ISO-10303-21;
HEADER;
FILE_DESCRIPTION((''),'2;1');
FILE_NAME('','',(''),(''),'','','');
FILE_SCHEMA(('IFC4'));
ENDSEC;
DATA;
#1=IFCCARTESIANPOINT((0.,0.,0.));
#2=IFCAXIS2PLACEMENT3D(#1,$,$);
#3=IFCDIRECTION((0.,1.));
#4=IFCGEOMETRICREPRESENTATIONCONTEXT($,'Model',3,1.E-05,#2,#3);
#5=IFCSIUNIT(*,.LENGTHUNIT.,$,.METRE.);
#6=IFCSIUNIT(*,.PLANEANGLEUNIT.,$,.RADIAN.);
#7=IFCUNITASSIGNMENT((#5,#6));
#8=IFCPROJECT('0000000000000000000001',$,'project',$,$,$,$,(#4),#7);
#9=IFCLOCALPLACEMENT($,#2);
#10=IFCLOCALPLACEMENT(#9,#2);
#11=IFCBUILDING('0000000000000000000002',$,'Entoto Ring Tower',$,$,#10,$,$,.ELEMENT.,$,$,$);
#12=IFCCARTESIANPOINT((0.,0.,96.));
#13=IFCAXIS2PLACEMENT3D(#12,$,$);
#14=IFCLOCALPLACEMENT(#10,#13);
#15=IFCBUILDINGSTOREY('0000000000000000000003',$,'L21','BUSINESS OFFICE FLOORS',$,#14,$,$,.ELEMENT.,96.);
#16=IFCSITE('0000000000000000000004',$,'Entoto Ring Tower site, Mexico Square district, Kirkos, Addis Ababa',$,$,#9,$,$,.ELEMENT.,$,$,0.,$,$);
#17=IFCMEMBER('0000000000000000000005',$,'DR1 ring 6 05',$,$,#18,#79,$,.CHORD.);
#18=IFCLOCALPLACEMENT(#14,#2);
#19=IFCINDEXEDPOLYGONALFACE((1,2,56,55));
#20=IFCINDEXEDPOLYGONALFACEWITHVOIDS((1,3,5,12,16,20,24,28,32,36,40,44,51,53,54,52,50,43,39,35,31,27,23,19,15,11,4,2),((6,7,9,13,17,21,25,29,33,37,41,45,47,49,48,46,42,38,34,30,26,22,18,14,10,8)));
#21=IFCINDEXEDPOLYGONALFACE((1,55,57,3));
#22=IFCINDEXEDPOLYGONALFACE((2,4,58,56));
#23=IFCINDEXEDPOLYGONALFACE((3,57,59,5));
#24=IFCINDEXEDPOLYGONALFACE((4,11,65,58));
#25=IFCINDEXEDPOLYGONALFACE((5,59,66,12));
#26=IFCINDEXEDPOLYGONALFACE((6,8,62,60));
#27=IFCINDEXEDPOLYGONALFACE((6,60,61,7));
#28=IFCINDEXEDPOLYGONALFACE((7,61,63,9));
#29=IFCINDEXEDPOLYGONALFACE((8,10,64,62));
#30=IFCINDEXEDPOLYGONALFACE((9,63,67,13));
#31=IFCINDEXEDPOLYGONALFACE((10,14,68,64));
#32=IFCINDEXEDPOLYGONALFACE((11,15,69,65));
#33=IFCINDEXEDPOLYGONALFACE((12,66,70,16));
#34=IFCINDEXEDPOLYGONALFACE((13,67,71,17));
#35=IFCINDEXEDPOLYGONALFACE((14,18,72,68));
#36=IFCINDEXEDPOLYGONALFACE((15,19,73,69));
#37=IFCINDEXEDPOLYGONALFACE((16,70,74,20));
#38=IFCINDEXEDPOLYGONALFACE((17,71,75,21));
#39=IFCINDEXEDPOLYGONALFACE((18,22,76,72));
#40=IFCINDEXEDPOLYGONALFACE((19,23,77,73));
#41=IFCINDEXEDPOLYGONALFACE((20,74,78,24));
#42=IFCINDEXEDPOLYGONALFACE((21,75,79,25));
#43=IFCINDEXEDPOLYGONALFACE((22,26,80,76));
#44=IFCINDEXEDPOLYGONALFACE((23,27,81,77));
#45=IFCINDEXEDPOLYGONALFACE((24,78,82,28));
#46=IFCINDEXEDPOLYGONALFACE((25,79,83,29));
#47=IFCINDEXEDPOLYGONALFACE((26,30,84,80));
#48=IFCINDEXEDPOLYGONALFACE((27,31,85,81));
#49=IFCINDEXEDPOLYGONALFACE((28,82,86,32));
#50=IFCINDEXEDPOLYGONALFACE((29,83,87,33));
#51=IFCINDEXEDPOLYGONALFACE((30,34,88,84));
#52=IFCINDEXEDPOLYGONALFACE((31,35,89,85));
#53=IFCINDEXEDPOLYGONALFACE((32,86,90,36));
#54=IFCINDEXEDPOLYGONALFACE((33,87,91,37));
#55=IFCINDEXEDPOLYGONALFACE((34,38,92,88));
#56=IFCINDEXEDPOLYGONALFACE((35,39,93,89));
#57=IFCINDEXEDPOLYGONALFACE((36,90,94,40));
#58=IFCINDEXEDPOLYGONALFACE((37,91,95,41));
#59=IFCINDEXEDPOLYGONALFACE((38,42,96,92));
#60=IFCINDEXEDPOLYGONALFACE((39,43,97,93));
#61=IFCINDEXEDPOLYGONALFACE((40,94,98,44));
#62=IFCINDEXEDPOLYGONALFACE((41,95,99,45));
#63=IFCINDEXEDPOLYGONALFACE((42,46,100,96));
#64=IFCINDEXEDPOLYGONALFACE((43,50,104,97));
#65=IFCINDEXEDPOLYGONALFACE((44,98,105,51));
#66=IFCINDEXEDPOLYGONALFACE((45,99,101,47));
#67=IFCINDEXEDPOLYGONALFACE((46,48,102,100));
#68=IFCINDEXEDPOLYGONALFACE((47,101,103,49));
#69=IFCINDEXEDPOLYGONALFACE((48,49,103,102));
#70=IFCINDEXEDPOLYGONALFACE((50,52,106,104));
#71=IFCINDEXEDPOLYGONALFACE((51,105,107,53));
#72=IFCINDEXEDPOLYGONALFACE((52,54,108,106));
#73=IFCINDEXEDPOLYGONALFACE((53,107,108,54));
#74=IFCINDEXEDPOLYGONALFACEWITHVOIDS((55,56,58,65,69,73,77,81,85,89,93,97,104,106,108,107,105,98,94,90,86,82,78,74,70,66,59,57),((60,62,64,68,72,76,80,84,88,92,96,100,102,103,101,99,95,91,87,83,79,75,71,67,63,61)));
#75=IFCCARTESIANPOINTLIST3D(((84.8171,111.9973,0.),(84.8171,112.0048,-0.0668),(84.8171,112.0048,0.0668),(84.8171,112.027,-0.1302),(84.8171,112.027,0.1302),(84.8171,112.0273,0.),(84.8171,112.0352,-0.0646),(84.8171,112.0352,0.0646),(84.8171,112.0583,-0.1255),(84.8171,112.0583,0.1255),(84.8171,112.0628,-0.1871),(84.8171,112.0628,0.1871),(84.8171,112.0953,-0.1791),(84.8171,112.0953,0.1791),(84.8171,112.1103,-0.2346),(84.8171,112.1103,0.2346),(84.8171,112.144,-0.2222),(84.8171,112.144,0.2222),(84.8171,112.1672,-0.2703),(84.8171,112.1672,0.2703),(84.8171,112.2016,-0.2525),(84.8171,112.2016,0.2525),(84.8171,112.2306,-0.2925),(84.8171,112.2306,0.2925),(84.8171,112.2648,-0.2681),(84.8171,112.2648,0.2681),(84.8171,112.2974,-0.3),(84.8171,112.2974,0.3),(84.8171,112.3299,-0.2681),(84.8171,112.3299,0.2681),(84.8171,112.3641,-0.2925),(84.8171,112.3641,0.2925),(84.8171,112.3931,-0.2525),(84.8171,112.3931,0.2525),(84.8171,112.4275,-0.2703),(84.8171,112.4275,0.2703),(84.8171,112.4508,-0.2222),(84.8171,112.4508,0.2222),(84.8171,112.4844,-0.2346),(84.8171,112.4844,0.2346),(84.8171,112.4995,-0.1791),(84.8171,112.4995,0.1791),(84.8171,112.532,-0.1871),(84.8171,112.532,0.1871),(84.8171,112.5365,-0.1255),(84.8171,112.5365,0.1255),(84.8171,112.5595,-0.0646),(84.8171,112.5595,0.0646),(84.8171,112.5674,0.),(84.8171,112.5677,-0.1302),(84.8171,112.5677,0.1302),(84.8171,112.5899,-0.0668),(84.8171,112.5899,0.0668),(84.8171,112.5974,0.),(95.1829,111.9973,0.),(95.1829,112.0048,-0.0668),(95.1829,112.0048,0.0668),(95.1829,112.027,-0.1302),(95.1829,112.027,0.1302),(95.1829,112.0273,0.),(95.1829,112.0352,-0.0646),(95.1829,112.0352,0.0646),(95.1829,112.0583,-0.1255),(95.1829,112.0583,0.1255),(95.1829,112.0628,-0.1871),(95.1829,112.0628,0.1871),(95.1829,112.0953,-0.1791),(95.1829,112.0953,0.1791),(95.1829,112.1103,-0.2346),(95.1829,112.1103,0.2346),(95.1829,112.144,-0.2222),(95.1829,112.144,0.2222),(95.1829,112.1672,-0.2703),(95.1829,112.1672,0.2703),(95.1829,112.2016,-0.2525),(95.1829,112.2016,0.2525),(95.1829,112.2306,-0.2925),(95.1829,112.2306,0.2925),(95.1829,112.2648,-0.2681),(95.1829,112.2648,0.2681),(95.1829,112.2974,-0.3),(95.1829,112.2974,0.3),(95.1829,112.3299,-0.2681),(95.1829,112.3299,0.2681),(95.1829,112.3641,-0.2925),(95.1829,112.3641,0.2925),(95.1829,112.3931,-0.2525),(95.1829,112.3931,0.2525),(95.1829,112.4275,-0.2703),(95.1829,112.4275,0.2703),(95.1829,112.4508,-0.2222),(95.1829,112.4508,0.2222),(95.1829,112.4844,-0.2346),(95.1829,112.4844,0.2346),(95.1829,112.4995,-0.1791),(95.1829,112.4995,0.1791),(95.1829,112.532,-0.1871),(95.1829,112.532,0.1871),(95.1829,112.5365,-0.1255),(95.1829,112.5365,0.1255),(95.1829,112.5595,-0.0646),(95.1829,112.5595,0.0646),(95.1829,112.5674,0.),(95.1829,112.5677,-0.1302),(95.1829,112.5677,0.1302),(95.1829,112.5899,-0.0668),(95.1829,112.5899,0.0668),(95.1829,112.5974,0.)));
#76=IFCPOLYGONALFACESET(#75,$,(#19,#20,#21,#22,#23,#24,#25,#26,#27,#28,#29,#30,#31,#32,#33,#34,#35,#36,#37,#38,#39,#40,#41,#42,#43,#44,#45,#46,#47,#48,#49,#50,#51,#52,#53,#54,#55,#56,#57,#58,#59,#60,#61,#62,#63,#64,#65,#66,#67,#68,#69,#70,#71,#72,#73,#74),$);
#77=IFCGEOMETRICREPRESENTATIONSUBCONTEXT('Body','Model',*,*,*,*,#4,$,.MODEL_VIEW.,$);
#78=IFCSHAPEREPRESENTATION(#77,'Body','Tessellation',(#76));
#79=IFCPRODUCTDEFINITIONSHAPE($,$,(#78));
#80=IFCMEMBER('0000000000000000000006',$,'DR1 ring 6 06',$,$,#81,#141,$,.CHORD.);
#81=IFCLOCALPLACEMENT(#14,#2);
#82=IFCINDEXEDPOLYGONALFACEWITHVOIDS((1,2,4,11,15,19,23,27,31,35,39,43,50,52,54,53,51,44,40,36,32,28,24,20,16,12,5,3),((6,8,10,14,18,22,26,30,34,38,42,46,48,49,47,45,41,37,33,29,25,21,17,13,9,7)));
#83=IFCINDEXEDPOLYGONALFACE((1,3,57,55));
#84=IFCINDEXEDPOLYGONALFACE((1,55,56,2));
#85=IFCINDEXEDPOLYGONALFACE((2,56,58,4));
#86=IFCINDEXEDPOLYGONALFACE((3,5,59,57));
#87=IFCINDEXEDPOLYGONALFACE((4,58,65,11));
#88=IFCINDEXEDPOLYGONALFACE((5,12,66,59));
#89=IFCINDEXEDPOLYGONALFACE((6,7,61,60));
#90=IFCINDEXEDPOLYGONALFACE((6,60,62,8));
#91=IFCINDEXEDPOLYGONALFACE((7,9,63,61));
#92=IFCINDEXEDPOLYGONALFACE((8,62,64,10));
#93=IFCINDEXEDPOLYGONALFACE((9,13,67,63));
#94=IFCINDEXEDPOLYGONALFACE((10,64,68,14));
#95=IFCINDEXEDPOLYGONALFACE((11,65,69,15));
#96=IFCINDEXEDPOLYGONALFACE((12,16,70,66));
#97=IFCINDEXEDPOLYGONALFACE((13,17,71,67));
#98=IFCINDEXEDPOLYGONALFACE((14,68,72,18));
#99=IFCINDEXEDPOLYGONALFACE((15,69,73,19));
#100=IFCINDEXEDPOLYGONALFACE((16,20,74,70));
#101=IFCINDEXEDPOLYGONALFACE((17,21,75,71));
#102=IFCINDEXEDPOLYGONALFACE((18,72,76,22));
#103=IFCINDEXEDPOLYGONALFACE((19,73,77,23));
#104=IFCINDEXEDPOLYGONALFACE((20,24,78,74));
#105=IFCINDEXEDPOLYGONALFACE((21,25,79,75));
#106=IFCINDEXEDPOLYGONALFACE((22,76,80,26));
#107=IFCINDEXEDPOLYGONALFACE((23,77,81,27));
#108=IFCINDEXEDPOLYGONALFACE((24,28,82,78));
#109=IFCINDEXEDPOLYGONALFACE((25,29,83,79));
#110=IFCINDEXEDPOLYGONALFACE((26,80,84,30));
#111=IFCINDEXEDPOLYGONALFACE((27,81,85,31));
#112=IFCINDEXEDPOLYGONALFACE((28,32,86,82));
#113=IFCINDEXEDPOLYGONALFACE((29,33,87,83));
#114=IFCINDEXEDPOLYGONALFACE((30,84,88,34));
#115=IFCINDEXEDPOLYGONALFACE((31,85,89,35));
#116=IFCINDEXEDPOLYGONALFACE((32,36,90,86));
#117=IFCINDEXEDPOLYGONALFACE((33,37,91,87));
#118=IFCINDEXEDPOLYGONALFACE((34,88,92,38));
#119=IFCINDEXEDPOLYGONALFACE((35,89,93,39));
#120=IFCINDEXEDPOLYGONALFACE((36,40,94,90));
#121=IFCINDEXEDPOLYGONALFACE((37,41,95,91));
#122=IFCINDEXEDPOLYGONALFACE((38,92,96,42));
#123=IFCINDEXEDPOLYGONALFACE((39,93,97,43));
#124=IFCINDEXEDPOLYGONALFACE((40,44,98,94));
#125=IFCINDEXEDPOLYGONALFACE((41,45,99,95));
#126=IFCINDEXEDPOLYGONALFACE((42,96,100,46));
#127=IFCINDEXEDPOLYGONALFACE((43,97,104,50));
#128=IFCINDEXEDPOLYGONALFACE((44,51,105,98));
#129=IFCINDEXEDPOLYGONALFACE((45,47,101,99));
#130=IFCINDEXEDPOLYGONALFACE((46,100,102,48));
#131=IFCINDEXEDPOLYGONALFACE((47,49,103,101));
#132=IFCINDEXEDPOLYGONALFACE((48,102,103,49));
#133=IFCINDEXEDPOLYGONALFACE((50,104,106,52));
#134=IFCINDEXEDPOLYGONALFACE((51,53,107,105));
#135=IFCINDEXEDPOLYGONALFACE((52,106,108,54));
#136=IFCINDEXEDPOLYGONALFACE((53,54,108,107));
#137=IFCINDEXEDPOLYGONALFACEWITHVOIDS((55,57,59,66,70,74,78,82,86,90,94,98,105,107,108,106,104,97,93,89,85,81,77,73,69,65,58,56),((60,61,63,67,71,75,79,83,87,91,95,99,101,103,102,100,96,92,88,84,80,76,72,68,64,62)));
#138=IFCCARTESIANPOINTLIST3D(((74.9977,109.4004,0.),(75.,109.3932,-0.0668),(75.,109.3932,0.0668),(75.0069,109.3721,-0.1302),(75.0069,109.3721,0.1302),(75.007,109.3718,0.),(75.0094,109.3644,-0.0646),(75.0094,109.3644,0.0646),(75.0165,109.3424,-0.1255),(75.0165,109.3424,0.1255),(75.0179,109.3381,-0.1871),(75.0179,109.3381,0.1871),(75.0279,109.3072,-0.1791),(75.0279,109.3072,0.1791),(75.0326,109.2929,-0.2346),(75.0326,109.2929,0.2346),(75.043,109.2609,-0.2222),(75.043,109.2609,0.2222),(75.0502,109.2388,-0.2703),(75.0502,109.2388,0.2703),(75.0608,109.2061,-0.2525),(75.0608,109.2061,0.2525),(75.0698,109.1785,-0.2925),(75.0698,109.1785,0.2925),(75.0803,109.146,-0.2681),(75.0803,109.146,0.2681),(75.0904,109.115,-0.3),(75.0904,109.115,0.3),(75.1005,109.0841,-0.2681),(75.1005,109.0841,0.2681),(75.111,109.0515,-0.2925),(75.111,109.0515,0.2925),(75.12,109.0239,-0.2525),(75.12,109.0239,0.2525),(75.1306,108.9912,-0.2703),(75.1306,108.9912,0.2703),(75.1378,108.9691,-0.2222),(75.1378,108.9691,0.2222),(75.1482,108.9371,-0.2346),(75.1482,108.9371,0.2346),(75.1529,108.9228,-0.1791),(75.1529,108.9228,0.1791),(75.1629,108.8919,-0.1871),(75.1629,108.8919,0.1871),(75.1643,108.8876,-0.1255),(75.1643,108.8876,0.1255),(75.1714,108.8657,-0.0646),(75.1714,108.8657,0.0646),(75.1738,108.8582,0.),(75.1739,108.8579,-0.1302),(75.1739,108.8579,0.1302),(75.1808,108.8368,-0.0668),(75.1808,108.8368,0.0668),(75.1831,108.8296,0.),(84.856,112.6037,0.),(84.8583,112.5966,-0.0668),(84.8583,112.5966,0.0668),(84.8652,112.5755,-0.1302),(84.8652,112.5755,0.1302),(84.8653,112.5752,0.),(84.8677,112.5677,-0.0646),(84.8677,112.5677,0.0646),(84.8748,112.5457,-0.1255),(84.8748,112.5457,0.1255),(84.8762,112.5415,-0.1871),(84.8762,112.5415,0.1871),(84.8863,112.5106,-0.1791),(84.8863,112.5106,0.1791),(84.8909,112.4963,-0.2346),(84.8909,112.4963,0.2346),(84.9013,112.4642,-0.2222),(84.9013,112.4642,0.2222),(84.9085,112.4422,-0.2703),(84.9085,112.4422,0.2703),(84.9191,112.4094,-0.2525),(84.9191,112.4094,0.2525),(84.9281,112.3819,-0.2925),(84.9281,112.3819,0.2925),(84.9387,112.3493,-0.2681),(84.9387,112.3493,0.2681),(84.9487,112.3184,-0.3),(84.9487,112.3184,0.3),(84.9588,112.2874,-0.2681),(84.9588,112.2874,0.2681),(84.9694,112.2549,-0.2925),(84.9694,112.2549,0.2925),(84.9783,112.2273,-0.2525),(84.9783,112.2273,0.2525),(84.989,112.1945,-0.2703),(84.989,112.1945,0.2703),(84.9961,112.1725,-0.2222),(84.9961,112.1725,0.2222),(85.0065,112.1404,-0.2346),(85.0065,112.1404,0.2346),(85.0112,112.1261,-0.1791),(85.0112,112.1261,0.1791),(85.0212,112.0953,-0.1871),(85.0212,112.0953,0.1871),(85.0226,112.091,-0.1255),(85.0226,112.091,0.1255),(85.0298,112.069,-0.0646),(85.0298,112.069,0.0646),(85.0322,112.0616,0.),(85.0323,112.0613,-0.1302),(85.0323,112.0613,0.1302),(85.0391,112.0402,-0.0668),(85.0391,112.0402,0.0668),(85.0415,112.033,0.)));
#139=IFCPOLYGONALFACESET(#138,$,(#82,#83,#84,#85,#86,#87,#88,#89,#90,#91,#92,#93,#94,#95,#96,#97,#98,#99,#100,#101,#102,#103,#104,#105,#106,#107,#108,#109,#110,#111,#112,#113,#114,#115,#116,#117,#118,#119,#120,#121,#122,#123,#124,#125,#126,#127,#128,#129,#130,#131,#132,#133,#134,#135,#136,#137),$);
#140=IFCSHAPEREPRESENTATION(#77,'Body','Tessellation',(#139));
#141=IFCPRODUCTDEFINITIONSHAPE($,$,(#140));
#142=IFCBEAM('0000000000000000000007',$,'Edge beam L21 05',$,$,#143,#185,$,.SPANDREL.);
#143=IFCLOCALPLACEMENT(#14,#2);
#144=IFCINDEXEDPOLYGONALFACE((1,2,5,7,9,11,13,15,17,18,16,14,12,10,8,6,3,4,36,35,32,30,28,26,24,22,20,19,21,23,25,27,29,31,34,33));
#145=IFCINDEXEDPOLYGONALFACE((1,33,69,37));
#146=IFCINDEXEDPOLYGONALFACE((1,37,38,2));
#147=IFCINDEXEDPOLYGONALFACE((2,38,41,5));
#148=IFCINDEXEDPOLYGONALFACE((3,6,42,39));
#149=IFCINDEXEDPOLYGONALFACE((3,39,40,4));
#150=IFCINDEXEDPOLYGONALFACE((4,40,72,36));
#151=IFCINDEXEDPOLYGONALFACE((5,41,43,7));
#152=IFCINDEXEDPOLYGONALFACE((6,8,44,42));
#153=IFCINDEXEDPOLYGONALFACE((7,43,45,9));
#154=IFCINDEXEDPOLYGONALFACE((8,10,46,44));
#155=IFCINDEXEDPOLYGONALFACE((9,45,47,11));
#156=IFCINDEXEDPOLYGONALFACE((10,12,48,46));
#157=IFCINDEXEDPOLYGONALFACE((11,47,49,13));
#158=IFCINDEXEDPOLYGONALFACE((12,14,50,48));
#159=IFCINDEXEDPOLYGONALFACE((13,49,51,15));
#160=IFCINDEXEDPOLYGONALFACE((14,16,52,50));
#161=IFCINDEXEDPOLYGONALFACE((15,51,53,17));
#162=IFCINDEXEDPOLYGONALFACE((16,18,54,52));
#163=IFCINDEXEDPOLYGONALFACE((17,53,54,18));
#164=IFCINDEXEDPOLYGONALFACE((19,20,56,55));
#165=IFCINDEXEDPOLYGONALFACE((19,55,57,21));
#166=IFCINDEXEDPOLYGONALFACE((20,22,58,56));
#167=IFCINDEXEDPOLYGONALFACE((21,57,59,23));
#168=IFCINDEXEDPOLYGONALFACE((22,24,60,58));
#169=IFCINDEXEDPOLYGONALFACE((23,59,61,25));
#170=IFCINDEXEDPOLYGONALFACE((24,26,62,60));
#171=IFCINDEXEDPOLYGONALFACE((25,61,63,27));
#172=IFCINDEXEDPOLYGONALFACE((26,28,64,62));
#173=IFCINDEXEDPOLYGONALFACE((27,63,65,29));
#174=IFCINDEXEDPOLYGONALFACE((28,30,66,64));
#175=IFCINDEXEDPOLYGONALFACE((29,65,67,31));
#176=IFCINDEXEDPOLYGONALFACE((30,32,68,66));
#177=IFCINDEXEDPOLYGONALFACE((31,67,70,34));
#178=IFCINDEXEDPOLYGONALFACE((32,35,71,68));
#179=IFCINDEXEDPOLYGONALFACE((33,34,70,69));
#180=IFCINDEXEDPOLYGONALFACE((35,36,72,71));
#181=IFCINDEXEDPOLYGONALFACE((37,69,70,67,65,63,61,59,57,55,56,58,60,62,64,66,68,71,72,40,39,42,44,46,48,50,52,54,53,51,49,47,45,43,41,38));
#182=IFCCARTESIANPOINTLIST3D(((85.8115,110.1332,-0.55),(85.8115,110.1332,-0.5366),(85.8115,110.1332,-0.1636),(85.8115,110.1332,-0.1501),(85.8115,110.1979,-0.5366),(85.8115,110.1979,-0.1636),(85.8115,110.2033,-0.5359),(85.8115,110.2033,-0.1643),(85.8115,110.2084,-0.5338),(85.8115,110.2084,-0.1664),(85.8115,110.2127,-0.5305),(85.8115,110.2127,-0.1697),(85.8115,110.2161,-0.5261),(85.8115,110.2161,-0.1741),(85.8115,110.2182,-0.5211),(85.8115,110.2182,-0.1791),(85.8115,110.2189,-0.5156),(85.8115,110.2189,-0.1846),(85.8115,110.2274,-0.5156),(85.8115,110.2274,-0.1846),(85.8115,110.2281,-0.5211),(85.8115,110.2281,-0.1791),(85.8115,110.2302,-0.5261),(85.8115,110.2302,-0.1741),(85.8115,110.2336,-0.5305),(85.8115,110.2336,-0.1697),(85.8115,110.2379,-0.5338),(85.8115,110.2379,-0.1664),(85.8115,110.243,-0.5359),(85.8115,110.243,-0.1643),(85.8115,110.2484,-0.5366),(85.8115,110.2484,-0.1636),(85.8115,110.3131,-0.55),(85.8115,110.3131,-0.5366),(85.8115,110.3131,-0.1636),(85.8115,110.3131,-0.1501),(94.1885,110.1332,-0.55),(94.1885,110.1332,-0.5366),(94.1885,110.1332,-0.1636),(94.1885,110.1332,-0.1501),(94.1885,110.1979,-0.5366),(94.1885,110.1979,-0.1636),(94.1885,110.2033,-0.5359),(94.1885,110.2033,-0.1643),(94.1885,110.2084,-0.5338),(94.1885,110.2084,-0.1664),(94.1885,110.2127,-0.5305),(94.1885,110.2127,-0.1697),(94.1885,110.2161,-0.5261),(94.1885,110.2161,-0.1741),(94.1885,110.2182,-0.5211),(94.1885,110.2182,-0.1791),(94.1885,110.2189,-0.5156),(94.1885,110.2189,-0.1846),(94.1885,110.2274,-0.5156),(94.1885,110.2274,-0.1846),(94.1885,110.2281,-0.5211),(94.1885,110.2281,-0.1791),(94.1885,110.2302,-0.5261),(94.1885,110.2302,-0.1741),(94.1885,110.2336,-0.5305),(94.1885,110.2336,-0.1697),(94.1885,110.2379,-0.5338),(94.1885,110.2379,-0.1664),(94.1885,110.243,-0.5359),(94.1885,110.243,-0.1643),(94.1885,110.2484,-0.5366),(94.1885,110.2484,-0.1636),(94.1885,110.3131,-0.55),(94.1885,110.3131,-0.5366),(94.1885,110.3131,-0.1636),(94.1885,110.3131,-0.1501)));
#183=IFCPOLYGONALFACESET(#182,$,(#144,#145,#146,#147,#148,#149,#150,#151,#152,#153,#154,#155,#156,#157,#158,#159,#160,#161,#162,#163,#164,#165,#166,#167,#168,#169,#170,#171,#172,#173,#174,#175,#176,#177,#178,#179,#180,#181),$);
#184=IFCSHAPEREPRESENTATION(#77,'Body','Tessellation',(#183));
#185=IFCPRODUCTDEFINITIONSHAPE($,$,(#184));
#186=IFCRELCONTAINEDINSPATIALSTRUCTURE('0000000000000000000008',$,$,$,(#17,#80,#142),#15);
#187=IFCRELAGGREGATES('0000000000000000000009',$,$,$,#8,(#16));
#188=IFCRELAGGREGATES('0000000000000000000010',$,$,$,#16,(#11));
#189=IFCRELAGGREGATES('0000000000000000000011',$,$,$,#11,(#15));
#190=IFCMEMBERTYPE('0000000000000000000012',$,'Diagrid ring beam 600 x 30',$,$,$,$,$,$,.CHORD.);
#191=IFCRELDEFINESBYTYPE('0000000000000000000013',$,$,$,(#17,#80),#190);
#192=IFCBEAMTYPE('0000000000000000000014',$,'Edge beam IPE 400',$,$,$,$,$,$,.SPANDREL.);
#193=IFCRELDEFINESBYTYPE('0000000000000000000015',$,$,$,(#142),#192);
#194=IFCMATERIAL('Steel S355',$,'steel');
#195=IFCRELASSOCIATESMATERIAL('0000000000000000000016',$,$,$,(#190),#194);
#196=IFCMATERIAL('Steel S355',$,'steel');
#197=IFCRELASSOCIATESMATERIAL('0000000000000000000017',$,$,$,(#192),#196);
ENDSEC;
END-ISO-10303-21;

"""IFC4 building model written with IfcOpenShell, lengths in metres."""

from ifc_helpers import new_model, si_unit, direction, frame, origin, origin_2d, place, context, subcontext, project, spatial, circle, hollow_circle, i_section, extrude, material, material_profile, profile_set, type_object, element, save


model = new_model("IFC4")

# Units and contexts
model_context = context("Model", 3, precision=1e-05, world=origin(), true_north=direction((0.0, 1.0)))
body_context = subcontext(model_context, "Body", "Model", "MODEL_VIEW")
ifc_project = project(units=[si_unit("LENGTHUNIT", "METRE"), si_unit("PLANEANGLEUNIT", "RADIAN")], contexts=[model_context])

# Site, building, storey
site_placement = place(None, origin())
site = spatial("IfcSite", under=ifc_project, at=site_placement, Name="Entoto Ring Tower site, Mexico Square district, Kirkos, Addis Ababa", CompositionType="ELEMENT", RefElevation=0.0)
building_placement = place(site_placement, origin())
building = spatial("IfcBuilding", under=site, at=building_placement, Name="Entoto Ring Tower", CompositionType="ELEMENT")
storey_placement = place(building_placement, frame((0.0, 0.0, 96.0)))
storey = spatial("IfcBuildingStorey", under=building, at=storey_placement, Name="L21", Description="BUSINESS OFFICE FLOORS", CompositionType="ELEMENT", Elevation=96.0)

# Members
ifc_material_1 = material(Name="Steel S355", Category="steel")
ifc_material_profile_1 = material_profile(ifc_material_1, hollow_circle(Radius=0.3, WallThickness=0.03, at=origin_2d()), Name="CHS 600 x 30")
ifc_material_2 = material(Name="Concrete C60/75", Category="concrete")
ifc_material_profile_2 = material_profile(ifc_material_2, circle(Radius=0.27, at=origin_2d()), Name="Concrete C60/75 infill")
ifc_profile_set_1 = profile_set([ifc_material_profile_1, ifc_material_profile_2], Name="Steel S355")
member_type_1 = type_object("IfcMemberType", Name="Diagrid ring beam 600 x 30", PredefinedType="CHORD", material=ifc_profile_set_1)
for number, where, z_axis, x_axis, name in (
    (1, (95.1829, 112.2974, 0.0), (-1.0, 0.0, 0.0), (0.0, -1.0, 0.0), "DR1 ring 6 05"),
    (2, (84.9487, 112.3184, 0.0), (-0.951051, -0.309033, 0.0), (0.309033, -0.951051, 0.0), "DR1 ring 6 06"),
):
    element("IfcMember", number, at=place(storey_placement, frame(where, z_axis=z_axis, x_axis=x_axis)), inside=storey, type_object=member_type_1, Name=name, PredefinedType="CHORD", context=body_context, shape_type="SweptSolid", body=[
        extrude(hollow_circle(Radius=0.3, WallThickness=0.03, at=origin_2d()), origin(), (0.0, 0.0, 1.0), 10.3657),
    ])

# Beam
ifc_material_3 = material(Name="Steel S355", Category="steel")
ifc_material_profile_3 = material_profile(ifc_material_3, i_section(OverallWidth=0.1799, OverallDepth=0.3999, WebThickness=0.0085, FlangeThickness=0.0134, FilletRadius=0.021, at=origin_2d()), Name="IPE 400")
ifc_profile_set_2 = profile_set([ifc_material_profile_3], Name="Steel S355")
beam_type_1 = type_object("IfcBeamType", Name="Edge beam IPE 400", PredefinedType="SPANDREL", material=ifc_profile_set_2)
beam_1_placement = place(storey_placement, frame((94.1885, 110.2231, -0.3501), z_axis=(-1.0, 0.0, 0.0), x_axis=(0.0, -1.0, 0.0)))
element("IfcBeam", 3, at=beam_1_placement, inside=storey, type_object=beam_type_1, Name="Edge beam L21 05", PredefinedType="SPANDREL", context=body_context, shape_type="SweptSolid", body=[
    extrude(i_section(OverallWidth=0.1799, OverallDepth=0.3999, WebThickness=0.0085, FlangeThickness=0.0134, FilletRadius=0.021, at=origin_2d()), origin(), (0.0, 0.0, 1.0), 8.377),
])

save(model, "model.ifc")
